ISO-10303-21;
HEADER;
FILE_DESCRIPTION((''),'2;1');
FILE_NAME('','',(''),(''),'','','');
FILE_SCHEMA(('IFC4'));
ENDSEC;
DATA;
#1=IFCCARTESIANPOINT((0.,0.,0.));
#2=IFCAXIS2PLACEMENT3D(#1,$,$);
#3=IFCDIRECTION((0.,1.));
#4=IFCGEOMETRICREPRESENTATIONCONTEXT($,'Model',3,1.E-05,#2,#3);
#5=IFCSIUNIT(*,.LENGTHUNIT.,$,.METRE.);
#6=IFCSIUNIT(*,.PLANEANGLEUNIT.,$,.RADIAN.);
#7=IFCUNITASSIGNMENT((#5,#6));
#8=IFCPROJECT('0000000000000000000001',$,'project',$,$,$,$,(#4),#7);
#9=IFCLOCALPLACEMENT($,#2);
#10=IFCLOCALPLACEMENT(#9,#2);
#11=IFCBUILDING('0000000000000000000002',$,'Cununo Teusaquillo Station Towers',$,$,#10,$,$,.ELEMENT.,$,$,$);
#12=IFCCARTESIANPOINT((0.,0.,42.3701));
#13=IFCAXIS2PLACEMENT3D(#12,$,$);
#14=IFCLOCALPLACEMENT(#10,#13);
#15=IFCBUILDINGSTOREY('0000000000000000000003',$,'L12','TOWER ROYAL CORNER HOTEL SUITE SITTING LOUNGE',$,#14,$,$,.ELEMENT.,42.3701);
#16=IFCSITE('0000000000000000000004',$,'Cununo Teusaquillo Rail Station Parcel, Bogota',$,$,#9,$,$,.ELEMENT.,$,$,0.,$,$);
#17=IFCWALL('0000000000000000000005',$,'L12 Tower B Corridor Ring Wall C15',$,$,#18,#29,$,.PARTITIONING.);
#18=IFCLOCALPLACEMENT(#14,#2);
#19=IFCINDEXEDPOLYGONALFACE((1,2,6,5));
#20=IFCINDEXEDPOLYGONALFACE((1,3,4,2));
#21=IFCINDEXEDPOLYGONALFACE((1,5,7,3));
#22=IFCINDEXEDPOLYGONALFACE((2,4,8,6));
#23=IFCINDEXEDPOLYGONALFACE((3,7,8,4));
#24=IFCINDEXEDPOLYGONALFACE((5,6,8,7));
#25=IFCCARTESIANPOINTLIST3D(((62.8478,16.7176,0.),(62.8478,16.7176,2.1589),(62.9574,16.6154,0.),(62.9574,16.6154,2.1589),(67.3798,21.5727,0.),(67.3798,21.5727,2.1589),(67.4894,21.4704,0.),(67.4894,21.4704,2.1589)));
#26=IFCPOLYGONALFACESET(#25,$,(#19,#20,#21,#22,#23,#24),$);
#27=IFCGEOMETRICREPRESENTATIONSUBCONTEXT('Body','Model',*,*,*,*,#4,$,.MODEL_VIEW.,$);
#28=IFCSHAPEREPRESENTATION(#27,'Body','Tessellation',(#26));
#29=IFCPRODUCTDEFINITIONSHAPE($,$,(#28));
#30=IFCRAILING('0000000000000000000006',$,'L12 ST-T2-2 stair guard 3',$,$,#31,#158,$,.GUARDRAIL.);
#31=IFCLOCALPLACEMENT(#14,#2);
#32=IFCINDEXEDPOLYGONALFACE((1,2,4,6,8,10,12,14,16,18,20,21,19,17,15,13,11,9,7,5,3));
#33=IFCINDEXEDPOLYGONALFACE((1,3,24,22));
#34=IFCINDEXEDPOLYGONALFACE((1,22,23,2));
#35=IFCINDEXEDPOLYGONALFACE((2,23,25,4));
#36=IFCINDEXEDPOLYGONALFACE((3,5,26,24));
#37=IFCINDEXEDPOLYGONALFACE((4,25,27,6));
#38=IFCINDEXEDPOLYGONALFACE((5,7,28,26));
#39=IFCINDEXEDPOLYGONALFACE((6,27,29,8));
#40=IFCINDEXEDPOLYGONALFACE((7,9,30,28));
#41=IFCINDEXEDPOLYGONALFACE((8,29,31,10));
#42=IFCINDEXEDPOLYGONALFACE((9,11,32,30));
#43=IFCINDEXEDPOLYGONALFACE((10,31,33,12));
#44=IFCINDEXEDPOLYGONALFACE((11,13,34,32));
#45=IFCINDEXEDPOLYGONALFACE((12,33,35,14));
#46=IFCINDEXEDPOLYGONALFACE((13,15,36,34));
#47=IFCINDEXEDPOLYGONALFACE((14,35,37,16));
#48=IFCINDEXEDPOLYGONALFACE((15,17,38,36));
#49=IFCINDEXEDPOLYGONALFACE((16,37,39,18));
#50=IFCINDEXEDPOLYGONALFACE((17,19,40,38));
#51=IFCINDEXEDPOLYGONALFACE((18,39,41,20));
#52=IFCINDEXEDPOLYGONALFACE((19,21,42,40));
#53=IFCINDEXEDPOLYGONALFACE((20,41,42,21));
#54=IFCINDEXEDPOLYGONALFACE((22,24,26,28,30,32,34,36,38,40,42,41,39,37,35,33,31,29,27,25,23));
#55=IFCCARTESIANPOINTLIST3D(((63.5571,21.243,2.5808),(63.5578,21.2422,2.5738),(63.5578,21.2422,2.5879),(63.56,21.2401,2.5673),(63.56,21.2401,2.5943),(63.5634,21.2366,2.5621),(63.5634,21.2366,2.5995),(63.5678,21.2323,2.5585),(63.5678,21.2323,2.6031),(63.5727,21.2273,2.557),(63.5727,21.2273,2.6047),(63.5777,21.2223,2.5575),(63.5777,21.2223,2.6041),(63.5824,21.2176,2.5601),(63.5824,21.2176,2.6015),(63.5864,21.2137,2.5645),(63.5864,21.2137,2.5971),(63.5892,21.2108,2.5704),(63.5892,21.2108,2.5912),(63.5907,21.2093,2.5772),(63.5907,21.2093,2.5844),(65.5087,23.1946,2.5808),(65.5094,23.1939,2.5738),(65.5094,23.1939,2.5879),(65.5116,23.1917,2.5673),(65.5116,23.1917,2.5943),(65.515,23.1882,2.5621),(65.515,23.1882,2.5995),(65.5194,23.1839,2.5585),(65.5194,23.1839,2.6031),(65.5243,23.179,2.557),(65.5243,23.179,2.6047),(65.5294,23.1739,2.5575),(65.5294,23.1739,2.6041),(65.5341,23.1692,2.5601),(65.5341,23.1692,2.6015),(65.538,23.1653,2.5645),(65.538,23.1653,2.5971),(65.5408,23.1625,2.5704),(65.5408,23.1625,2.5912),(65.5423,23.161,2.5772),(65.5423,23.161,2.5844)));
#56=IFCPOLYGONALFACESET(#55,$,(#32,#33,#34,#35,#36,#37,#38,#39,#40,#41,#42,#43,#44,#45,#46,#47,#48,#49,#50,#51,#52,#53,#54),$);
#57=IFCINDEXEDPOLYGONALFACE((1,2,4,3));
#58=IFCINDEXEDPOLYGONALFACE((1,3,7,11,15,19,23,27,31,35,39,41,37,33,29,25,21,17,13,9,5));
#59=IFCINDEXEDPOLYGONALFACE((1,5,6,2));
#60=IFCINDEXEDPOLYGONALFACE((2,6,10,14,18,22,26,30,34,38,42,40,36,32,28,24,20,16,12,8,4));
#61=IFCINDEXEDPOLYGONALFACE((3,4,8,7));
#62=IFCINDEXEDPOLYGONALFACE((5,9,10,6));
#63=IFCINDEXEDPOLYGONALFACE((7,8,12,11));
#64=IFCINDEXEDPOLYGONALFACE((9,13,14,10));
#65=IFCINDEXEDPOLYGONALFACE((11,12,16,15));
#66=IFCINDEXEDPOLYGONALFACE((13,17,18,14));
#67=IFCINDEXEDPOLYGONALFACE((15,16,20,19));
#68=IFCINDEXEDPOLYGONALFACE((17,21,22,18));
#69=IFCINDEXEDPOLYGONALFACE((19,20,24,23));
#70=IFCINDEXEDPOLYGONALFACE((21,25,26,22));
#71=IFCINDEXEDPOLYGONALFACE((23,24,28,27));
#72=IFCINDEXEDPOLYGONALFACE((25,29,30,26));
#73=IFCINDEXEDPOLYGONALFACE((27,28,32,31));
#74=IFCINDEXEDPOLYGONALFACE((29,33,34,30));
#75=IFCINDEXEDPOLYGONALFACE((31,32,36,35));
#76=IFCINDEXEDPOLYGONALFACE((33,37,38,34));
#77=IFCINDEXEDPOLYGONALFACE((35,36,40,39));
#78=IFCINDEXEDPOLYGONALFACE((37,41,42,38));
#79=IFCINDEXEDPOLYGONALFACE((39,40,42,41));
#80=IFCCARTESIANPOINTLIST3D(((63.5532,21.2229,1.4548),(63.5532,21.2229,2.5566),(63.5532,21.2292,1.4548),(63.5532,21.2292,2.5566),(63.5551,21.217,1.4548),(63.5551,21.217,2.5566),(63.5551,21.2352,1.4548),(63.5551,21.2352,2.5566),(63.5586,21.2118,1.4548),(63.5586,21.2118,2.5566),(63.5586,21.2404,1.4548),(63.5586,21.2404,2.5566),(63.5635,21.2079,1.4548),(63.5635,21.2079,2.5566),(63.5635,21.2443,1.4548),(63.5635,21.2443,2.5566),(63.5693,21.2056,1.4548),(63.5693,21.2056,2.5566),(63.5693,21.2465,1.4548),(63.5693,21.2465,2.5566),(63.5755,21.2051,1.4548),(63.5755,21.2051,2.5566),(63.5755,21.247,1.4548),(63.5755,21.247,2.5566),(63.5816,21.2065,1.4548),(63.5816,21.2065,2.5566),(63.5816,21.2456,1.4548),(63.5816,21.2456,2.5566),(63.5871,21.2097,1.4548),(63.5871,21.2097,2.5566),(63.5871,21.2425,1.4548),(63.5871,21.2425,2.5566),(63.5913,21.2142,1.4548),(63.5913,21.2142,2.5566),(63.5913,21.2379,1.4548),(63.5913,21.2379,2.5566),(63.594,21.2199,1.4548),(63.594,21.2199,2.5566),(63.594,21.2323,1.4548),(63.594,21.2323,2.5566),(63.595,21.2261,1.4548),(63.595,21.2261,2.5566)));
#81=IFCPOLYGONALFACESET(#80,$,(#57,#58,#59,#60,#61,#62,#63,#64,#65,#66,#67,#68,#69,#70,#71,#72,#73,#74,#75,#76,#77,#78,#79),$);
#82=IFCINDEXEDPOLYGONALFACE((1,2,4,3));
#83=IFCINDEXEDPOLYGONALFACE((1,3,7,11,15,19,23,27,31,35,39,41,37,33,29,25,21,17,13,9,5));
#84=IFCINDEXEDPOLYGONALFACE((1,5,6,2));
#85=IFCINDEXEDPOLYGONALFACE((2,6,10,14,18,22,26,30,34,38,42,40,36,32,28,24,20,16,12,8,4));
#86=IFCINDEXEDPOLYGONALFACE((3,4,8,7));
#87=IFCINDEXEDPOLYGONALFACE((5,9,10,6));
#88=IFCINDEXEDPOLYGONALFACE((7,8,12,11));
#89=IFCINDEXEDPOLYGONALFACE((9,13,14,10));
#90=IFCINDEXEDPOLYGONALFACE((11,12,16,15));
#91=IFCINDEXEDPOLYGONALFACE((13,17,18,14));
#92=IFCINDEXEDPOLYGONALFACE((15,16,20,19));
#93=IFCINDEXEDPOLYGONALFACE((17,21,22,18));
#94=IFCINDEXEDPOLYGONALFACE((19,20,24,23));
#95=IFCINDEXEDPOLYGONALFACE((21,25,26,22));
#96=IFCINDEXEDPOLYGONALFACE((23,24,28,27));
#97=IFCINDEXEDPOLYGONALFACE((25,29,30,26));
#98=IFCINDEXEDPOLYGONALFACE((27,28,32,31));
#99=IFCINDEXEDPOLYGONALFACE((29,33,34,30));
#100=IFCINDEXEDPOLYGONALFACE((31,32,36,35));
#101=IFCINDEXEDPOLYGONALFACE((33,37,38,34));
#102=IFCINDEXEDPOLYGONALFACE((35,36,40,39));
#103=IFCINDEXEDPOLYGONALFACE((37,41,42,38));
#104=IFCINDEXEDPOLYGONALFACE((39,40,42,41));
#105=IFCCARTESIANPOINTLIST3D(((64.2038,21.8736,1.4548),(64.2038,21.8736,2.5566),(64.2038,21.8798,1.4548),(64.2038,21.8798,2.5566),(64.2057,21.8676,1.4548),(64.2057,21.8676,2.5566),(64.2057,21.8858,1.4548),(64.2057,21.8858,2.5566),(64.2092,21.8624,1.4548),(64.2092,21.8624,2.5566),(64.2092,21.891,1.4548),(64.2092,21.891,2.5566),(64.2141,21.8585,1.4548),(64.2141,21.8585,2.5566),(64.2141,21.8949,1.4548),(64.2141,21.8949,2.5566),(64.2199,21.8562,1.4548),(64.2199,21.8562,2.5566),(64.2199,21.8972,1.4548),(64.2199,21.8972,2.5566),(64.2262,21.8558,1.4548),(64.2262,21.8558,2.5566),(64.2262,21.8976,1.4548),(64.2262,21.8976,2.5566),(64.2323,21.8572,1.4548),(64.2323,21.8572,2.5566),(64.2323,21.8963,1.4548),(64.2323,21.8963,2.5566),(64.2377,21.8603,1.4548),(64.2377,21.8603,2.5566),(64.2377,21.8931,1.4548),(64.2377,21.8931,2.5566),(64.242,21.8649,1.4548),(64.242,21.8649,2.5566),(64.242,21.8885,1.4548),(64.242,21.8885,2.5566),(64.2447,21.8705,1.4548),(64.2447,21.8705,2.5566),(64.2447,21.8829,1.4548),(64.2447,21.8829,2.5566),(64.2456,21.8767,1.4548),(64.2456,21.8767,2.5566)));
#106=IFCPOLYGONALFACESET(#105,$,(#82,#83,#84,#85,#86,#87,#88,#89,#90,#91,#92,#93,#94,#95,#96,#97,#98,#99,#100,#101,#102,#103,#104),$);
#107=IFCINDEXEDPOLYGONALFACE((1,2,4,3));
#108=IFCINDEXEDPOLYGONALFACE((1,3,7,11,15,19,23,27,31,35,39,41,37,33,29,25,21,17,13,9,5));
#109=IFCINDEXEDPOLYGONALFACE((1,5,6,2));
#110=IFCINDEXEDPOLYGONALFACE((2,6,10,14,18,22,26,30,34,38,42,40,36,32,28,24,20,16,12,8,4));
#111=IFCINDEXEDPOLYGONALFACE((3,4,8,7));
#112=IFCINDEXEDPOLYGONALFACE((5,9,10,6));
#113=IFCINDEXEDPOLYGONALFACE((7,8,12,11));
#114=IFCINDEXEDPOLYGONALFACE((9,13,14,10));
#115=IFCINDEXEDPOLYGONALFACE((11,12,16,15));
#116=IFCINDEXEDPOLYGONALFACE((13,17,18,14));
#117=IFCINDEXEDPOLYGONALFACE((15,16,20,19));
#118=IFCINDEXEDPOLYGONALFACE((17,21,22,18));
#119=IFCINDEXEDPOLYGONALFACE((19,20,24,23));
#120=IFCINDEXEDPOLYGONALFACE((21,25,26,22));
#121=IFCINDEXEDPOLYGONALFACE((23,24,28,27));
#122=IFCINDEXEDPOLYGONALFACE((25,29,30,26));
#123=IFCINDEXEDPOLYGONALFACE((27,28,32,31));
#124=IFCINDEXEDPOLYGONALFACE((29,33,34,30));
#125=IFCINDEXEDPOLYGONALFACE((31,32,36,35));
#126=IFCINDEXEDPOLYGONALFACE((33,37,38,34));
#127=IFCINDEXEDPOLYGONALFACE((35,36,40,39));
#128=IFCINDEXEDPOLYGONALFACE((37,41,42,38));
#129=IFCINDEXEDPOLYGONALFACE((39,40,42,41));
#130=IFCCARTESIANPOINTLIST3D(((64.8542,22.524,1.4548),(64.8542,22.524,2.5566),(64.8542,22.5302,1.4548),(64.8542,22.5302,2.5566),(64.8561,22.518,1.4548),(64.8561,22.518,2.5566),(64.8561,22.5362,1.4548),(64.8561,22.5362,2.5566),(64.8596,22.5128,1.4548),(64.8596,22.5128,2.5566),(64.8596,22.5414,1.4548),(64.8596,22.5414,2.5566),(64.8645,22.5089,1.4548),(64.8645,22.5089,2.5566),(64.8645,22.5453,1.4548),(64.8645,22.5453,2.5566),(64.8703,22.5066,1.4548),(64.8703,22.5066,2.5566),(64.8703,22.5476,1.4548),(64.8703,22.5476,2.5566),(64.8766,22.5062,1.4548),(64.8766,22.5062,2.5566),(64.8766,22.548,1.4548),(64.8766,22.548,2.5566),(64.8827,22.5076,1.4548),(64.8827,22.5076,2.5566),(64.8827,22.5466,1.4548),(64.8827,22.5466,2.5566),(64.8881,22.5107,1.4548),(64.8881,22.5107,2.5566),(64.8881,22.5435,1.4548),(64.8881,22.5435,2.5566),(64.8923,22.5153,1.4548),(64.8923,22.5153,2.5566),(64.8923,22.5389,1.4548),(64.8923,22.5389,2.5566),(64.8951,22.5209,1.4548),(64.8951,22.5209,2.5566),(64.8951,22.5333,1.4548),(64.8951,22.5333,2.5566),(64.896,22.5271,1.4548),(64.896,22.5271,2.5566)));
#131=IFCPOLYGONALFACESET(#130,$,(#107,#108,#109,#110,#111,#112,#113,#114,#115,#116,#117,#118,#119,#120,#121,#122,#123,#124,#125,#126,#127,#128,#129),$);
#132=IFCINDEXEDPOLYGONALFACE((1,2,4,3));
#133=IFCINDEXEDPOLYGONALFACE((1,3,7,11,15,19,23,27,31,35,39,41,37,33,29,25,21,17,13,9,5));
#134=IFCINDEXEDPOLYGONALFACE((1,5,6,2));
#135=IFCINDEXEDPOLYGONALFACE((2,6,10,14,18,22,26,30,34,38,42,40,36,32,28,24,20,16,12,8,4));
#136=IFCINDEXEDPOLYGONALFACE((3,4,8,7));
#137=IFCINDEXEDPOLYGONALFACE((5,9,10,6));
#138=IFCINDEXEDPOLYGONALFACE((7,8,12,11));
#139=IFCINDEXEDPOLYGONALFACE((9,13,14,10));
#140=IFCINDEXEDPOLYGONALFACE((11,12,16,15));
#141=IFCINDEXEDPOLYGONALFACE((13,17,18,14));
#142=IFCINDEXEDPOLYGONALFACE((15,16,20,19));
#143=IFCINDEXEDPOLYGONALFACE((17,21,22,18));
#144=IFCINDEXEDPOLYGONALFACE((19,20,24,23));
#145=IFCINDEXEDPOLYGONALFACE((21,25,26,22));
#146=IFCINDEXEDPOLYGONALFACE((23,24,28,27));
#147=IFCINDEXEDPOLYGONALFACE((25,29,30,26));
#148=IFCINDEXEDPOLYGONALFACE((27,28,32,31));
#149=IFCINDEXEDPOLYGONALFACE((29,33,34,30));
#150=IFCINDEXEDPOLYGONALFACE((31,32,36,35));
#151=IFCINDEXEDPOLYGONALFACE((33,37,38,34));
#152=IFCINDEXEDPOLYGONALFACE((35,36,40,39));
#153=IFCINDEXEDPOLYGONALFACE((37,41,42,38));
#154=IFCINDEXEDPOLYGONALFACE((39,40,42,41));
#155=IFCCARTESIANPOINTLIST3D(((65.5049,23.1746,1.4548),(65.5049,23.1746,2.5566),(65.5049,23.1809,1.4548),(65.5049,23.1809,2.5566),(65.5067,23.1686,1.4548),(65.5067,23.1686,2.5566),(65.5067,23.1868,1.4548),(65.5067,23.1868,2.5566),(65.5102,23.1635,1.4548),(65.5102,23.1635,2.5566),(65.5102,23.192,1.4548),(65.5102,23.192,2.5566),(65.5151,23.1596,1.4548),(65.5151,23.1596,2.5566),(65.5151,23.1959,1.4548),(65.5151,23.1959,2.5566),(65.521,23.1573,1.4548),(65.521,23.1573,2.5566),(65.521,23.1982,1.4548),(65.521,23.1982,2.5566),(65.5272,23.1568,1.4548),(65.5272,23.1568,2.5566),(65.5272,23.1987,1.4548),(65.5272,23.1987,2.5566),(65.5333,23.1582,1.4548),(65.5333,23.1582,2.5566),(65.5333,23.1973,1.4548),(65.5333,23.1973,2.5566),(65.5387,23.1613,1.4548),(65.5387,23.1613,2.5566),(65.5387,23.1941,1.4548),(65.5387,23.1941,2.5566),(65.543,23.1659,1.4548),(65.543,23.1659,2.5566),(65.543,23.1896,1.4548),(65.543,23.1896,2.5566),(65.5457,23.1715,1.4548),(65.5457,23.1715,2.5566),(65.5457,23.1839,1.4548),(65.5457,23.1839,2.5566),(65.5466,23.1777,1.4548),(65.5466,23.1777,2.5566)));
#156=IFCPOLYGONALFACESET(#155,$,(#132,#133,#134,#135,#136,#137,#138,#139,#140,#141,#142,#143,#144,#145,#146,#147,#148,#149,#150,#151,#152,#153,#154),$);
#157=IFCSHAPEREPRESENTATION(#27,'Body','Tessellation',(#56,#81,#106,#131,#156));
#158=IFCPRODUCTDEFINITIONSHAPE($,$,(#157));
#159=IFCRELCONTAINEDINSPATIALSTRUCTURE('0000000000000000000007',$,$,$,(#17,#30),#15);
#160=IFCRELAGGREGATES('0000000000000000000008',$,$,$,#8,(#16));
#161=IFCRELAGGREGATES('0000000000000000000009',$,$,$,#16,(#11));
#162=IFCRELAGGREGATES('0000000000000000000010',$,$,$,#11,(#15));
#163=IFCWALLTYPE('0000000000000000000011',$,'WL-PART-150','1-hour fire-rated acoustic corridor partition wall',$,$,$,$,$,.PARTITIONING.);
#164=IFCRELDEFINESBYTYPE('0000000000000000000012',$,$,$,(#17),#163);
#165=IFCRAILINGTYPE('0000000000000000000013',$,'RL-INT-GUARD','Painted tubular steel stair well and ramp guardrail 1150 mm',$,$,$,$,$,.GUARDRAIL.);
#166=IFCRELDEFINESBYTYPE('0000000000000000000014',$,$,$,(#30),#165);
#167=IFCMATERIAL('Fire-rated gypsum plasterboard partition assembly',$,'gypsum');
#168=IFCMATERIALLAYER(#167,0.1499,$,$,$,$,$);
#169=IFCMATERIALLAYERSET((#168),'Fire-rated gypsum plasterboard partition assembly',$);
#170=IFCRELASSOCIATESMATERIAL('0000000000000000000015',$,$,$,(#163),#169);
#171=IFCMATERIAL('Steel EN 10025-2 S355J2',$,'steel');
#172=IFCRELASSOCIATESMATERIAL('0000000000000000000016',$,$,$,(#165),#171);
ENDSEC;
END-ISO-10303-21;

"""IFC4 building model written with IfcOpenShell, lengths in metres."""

from ifc_helpers import new_model, si_unit, direction, frame, frame_2d, origin, origin_2d, place, context, subcontext, project, spatial, rectangle, circle, extrude, material, layer, layer_set, type_object, element, save


model = new_model("IFC4")

# Units and contexts
model_context = context("Model", 3, precision=1e-05, world=origin(), true_north=direction((0.0, 1.0)))
body_context = subcontext(model_context, "Body", "Model", "MODEL_VIEW")
ifc_project = project(units=[si_unit("LENGTHUNIT", "METRE"), si_unit("PLANEANGLEUNIT", "RADIAN")], contexts=[model_context])

# Site, building, storey
site_placement = place(None, origin())
site = spatial("IfcSite", under=ifc_project, at=site_placement, Name="Cununo Teusaquillo Rail Station Parcel, Bogota", CompositionType="ELEMENT", RefElevation=0.0)
building_placement = place(site_placement, origin())
building = spatial("IfcBuilding", under=site, at=building_placement, Name="Cununo Teusaquillo Station Towers", CompositionType="ELEMENT")
storey_placement = place(building_placement, frame((0.0, 0.0, 42.3701)))
storey = spatial("IfcBuildingStorey", under=building, at=storey_placement, Name="L12", Description="TOWER ROYAL CORNER HOTEL SUITE SITTING LOUNGE", CompositionType="ELEMENT", Elevation=42.3701)

# Wall
ifc_material_1 = material(Name="Fire-rated gypsum plasterboard partition assembly", Category="gypsum")
ifc_layer_1 = layer(ifc_material_1, 0.1499)
ifc_layer_set_1 = layer_set([ifc_layer_1], Name="Fire-rated gypsum plasterboard partition assembly")
wall_type_1 = type_object("IfcWallType", Name="WL-PART-150", Description="1-hour fire-rated acoustic corridor partition wall", PredefinedType="PARTITIONING", material=ifc_layer_set_1)
wall_1_placement = place(storey_placement, frame((62.9026, 16.6665, 0.0), z_axis=(0.0, 0.0, 1.0), x_axis=(0.682372, 0.731005, 0.0)))
element("IfcWall", 1, at=wall_1_placement, inside=storey, type_object=wall_type_1, Name="L12 Tower B Corridor Ring Wall C15", PredefinedType="PARTITIONING", context=body_context, shape_type="SweptSolid", body=[
    extrude(rectangle(XDim=6.6416, YDim=0.1499, at=frame_2d((3.3208, 0.0))), origin(), (0.0, 0.0, 1.0), 2.1589),
])

# Railing
ifc_material_2 = material(Name="Steel EN 10025-2 S355J2", Category="steel")
railing_type = type_object("IfcRailingType", Name="RL-INT-GUARD", Description="Painted tubular steel stair well and ramp guardrail 1150 mm", PredefinedType="GUARDRAIL", material=ifc_material_2)
railing_1_placement = place(storey_placement, frame((63.574, 21.2261, 1.4548)))
element("IfcRailing", 2, at=railing_1_placement, inside=storey, type_object=railing_type, Name="L12 ST-T2-2 stair guard 3", PredefinedType="GUARDRAIL", context=body_context, shape_type="SweptSolid", body=[
    extrude(circle(Radius=0.0239, at=origin_2d()), frame((0.0, 0.0, 1.126), z_axis=(0.707107, 0.707107, 0.0), x_axis=(-0.707107, 0.707107, 0.0)), (0.0, 0.0, 1.0), 2.76),
    extrude(circle(Radius=0.021, at=origin_2d()), origin(), (0.0, 0.0, 1.0), 1.1018),
    extrude(circle(Radius=0.021, at=origin_2d()), frame((0.6506, 0.6506, 0.0)), (0.0, 0.0, 1.0), 1.1018),
    extrude(circle(Radius=0.021, at=origin_2d()), frame((1.301, 1.301, 0.0)), (0.0, 0.0, 1.0), 1.1018),
    extrude(circle(Radius=0.021, at=origin_2d()), frame((1.9517, 1.9517, 0.0)), (0.0, 0.0, 1.0), 1.1018),
])

save(model, "model.ifc")
